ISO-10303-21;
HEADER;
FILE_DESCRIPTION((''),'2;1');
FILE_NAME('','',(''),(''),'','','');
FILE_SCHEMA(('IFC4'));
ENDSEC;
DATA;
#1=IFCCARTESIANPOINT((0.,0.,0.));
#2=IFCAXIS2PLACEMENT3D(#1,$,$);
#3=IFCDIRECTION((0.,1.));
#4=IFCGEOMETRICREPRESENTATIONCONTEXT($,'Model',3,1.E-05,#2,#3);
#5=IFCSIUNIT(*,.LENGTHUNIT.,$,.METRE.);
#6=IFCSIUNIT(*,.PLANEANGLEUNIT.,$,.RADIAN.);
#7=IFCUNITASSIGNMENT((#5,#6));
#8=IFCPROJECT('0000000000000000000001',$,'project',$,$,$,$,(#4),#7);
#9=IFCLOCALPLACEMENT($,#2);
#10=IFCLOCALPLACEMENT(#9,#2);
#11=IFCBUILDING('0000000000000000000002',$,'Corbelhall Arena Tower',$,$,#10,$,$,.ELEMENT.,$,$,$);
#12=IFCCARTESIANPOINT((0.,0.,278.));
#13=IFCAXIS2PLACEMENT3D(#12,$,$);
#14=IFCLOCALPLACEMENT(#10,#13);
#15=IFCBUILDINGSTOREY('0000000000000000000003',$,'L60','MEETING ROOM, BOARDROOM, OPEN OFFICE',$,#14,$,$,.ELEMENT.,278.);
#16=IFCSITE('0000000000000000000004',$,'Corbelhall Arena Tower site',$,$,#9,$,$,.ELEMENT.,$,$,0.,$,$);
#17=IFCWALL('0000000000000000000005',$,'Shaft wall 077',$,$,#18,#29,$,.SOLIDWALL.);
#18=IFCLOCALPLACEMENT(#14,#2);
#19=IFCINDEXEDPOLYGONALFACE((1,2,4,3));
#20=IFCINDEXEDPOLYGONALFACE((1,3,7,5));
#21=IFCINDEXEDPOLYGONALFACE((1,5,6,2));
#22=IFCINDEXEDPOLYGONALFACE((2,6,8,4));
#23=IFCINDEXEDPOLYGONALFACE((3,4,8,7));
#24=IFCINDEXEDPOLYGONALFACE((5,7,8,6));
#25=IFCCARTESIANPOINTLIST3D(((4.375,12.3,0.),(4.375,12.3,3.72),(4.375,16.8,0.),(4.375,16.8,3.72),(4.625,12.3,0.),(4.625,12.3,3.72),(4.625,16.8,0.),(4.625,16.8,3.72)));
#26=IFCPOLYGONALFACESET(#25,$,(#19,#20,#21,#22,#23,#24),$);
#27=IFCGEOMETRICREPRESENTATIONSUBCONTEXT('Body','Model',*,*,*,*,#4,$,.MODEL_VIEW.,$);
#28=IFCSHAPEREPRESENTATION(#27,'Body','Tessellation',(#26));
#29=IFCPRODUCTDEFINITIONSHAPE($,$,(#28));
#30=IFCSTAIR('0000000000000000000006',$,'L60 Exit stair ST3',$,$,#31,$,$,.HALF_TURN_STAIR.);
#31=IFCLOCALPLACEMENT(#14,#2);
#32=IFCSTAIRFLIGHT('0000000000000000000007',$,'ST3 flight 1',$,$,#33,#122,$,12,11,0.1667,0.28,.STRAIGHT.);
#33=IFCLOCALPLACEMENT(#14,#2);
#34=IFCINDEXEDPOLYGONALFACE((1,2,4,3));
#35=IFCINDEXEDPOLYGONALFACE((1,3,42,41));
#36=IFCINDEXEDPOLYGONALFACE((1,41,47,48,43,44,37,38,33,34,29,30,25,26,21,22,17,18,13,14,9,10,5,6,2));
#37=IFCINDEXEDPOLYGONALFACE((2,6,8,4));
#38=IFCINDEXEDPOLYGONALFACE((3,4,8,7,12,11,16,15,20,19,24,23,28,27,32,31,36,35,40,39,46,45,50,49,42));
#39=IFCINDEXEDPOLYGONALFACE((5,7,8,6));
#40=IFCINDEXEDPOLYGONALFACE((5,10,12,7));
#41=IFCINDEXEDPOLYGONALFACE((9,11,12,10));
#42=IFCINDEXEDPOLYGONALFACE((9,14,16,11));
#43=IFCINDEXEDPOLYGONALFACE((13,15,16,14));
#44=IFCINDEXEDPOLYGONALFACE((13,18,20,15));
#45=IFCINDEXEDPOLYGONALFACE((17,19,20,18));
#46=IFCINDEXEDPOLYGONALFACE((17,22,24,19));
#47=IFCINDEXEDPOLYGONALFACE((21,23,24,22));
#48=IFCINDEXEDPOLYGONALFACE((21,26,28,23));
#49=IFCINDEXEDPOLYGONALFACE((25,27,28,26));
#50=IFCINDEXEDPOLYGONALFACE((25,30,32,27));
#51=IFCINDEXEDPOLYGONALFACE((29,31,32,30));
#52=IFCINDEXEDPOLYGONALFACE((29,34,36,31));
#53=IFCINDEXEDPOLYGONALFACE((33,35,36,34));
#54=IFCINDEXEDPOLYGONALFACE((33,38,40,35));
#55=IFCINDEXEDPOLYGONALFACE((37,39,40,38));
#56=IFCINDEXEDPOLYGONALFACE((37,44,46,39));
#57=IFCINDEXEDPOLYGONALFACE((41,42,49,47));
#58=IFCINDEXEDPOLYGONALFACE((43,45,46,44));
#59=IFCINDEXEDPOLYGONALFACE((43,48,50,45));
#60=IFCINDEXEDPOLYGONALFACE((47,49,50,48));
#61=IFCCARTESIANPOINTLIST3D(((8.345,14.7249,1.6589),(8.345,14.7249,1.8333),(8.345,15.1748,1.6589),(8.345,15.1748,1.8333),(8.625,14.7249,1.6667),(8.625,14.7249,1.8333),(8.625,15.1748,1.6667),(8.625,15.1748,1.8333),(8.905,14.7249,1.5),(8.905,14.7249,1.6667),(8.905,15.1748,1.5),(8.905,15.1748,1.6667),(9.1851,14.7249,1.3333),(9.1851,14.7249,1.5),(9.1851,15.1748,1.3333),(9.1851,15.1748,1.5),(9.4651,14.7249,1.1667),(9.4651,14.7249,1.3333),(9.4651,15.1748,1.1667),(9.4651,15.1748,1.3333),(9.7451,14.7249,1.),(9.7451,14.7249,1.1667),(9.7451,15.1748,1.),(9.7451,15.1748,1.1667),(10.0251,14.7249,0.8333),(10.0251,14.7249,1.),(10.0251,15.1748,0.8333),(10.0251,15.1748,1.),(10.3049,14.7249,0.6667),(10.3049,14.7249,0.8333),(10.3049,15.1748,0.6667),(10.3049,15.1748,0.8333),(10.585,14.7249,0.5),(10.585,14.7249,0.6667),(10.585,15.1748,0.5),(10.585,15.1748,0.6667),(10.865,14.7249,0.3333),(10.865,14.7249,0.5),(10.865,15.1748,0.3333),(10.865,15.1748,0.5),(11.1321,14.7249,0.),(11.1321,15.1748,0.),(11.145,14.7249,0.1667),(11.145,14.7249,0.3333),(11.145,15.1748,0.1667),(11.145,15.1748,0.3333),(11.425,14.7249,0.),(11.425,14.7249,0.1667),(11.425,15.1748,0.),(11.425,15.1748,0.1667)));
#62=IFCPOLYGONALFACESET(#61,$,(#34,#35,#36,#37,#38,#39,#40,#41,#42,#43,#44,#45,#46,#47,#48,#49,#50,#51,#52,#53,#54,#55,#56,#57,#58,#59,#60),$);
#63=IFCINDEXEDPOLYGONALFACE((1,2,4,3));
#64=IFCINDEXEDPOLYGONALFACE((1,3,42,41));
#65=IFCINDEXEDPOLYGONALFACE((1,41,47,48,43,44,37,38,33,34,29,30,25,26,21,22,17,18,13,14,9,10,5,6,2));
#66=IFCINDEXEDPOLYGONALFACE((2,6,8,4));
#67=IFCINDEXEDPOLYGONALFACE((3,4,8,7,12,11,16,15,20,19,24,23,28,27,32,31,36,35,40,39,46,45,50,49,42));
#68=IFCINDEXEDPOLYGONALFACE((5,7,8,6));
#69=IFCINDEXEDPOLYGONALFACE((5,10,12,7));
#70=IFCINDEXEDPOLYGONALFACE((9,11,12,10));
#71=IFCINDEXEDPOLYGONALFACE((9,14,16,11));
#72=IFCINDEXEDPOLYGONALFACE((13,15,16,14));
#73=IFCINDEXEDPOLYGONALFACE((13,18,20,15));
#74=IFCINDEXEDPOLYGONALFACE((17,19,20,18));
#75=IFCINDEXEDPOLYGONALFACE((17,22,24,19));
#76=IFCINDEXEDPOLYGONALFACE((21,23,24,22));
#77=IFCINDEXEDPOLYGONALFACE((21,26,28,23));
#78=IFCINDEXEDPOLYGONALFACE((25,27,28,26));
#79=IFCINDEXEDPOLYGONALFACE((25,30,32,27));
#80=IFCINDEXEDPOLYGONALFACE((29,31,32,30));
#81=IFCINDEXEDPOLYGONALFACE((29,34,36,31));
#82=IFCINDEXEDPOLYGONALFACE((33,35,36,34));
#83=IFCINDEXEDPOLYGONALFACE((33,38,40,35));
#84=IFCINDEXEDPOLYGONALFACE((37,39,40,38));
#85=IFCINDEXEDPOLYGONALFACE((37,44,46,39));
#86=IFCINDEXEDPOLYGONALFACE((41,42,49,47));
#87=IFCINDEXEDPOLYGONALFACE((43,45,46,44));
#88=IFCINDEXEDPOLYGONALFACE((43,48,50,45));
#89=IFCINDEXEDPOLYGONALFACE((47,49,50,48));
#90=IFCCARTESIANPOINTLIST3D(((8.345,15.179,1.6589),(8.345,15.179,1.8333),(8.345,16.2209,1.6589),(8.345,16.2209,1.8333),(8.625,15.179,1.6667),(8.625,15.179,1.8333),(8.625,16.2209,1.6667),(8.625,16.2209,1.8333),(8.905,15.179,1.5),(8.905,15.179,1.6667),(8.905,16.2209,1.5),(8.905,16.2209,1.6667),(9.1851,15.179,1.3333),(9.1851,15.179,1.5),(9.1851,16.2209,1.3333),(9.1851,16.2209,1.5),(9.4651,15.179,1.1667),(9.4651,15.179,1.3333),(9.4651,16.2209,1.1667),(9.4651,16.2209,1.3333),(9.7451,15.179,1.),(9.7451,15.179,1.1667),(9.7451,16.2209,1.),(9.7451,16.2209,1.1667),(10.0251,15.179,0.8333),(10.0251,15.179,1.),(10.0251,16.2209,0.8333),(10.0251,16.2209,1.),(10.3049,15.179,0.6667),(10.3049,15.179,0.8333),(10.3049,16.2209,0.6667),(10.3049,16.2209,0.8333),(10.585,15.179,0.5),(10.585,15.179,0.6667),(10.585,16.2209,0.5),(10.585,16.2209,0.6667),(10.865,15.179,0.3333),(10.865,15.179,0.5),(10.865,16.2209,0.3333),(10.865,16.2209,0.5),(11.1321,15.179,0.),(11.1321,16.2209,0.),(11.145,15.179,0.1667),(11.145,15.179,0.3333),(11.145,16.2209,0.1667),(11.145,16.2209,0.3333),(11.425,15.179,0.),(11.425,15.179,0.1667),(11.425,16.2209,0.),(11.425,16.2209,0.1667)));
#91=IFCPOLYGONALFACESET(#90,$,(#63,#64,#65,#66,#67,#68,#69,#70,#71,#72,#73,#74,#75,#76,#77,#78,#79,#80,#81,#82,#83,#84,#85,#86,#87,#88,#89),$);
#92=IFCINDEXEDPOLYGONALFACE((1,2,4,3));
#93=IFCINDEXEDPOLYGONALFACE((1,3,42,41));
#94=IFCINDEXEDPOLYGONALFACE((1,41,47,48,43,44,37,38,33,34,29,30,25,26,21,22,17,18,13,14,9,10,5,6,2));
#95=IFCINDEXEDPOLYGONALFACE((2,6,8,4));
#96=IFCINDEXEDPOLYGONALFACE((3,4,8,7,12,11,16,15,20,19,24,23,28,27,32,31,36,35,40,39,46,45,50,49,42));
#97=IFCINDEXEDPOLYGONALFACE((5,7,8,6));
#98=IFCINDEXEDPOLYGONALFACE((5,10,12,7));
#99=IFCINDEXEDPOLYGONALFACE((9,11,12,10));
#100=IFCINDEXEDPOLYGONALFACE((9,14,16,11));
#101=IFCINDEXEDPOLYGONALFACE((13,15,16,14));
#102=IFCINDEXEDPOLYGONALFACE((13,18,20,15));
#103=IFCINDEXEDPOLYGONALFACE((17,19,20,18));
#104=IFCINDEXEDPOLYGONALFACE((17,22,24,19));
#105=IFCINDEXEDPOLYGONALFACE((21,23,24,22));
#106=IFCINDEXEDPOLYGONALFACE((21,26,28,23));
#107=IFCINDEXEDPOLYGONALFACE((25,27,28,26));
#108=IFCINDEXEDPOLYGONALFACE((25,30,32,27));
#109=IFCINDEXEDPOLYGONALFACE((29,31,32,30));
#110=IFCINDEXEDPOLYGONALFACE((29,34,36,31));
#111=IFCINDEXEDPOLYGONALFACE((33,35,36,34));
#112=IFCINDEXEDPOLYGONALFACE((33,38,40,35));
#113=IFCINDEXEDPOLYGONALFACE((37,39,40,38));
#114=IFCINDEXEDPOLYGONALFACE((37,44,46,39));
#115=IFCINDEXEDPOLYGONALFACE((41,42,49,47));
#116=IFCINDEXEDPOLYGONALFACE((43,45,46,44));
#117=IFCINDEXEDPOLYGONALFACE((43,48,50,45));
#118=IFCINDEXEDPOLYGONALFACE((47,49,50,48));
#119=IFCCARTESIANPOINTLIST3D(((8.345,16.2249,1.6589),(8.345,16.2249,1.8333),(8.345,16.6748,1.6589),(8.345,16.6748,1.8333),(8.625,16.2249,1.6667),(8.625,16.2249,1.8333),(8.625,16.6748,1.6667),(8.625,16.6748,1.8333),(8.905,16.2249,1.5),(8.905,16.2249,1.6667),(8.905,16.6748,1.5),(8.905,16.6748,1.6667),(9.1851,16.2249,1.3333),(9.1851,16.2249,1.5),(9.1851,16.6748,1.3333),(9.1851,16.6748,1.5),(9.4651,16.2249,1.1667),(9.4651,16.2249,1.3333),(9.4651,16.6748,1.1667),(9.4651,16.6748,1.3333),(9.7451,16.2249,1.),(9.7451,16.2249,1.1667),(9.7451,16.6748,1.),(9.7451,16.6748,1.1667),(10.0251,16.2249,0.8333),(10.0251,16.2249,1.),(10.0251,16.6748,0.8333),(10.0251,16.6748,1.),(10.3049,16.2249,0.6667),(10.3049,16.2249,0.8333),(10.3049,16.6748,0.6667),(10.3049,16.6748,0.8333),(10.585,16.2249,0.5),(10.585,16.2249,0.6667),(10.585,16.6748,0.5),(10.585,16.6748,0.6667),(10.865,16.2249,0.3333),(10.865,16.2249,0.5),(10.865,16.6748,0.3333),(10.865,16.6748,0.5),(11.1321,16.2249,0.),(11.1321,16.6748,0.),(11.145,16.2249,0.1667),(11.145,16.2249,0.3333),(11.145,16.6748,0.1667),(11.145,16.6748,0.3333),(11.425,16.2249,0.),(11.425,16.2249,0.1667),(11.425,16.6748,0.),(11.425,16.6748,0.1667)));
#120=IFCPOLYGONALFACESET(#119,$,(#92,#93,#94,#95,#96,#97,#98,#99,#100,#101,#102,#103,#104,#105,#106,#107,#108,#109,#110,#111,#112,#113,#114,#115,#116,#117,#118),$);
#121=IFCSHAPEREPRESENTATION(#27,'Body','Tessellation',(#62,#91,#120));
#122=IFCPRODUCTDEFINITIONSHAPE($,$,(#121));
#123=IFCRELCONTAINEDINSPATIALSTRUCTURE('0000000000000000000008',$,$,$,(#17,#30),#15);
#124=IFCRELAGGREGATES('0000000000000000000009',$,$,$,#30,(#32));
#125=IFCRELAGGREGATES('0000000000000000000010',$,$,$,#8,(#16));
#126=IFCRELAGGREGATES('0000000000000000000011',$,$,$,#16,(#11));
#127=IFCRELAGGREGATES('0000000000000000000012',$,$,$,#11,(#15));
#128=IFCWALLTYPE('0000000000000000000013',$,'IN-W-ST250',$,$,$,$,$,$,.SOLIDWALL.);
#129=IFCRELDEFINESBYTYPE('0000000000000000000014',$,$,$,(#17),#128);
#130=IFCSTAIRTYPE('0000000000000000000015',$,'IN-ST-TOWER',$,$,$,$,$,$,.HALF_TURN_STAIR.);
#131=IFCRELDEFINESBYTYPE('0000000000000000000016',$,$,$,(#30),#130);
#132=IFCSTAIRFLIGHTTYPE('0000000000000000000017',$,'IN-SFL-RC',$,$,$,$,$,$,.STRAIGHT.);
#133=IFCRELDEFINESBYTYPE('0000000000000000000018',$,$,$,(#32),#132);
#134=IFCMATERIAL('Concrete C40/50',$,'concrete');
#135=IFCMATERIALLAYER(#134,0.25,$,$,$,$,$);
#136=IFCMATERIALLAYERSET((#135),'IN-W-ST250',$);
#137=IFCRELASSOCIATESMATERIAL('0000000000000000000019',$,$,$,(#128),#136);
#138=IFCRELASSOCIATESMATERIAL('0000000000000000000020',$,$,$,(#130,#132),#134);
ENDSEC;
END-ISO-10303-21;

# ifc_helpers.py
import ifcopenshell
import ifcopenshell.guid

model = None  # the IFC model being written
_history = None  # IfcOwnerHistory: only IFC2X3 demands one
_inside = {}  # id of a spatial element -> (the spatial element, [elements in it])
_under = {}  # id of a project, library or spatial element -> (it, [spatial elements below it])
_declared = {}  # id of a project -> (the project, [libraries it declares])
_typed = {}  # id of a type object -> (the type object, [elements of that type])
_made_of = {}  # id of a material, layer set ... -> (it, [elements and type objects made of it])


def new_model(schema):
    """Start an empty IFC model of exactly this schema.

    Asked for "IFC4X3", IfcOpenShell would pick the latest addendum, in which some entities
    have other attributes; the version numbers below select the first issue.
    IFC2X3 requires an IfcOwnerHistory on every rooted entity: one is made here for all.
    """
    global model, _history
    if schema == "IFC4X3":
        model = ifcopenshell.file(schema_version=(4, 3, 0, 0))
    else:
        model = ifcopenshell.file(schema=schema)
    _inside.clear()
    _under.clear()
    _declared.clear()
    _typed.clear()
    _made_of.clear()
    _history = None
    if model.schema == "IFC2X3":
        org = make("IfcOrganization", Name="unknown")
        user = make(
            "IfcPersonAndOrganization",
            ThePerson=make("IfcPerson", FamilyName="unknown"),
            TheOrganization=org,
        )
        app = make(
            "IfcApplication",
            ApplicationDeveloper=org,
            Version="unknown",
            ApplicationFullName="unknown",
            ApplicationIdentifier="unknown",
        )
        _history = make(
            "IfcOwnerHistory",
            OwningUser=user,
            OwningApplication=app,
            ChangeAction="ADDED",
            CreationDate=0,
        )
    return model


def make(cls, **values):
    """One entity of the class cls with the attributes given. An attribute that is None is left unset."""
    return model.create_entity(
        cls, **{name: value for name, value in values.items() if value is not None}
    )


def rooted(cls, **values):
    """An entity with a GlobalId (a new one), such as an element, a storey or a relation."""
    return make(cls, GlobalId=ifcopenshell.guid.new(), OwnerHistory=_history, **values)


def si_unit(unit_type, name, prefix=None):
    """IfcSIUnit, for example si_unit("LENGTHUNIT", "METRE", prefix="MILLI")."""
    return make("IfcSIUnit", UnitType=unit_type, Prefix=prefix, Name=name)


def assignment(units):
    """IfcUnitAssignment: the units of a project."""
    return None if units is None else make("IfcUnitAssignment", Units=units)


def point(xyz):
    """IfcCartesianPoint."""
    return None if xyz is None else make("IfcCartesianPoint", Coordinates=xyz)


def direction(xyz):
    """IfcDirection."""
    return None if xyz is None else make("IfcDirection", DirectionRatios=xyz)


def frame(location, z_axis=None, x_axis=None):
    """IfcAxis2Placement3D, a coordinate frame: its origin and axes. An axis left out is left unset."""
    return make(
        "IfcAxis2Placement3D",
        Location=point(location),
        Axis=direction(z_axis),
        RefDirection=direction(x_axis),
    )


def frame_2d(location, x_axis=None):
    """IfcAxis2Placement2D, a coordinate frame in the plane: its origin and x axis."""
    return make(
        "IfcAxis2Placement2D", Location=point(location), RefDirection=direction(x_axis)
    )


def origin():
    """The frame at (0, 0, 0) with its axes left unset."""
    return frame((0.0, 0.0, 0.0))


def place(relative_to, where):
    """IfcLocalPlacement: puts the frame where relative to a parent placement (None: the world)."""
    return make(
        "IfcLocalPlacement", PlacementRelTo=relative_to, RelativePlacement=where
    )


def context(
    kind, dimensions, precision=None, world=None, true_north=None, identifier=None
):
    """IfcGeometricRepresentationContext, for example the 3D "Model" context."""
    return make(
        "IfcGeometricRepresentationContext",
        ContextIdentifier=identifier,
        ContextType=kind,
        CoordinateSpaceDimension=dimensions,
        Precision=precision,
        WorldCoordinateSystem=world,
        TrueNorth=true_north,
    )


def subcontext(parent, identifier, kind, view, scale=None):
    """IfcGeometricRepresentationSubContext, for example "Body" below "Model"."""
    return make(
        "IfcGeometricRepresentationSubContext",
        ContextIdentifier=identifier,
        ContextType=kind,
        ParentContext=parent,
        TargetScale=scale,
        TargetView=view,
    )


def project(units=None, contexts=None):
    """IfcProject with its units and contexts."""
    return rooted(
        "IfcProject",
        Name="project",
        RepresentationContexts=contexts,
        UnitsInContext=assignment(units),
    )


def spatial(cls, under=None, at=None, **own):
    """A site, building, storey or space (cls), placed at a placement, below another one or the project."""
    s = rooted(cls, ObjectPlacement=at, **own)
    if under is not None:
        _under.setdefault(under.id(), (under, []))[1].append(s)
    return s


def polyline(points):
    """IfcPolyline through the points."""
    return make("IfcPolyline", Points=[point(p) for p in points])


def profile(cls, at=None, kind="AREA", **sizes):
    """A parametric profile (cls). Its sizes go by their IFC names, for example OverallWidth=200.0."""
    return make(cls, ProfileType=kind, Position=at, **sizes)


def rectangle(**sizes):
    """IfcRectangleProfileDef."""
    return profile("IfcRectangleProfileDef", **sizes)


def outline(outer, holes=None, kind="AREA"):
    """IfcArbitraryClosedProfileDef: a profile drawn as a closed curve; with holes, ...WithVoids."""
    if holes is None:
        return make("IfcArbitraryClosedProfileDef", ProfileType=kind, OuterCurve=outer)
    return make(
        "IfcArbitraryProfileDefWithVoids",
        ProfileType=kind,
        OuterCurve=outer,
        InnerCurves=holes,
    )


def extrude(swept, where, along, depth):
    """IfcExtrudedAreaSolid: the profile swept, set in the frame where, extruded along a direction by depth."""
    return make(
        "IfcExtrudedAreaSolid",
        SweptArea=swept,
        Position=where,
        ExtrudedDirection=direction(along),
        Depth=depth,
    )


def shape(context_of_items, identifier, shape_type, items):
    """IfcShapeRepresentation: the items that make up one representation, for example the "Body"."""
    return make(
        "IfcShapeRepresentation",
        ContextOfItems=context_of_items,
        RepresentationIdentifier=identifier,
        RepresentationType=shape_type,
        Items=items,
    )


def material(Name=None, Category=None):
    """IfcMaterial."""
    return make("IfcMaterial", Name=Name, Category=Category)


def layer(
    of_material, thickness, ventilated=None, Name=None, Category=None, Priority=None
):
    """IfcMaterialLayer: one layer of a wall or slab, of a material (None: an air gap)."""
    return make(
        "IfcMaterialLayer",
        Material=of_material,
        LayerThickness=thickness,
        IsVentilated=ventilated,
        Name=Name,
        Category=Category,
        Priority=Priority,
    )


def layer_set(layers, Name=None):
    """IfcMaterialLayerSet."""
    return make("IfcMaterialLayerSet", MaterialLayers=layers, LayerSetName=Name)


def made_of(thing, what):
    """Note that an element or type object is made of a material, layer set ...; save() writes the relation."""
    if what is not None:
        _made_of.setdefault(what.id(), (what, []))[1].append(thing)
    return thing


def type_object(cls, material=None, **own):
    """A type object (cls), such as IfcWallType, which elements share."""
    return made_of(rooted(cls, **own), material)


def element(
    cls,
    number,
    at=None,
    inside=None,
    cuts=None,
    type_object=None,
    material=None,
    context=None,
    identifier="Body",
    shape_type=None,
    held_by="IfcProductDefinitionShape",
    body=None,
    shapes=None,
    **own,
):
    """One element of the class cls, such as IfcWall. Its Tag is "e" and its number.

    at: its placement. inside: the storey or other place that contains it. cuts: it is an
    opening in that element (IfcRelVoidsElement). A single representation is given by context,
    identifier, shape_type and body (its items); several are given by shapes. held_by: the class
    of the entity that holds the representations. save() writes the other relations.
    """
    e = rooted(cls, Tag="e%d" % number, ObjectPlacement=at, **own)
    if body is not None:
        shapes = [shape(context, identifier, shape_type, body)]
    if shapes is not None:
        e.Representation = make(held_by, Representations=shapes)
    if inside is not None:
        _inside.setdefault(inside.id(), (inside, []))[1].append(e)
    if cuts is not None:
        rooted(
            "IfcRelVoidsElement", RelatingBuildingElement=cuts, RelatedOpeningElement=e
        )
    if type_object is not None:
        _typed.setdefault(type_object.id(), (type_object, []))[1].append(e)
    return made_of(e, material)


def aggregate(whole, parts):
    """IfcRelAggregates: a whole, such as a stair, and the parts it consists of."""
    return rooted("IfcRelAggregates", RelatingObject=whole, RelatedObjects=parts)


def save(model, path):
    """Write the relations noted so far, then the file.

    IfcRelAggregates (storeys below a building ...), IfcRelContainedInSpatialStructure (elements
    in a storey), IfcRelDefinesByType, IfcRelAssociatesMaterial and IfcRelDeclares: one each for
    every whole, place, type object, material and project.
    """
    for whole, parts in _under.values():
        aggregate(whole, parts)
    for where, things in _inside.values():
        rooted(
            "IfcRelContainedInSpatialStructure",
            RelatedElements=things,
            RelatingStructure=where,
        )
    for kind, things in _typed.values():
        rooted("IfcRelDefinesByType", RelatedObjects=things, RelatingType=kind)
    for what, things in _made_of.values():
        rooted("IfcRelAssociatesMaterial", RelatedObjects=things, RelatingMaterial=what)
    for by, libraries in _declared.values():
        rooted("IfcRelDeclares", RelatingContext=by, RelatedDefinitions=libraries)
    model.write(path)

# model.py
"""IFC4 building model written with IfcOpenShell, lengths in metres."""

from ifc_helpers import new_model, si_unit, direction, frame, frame_2d, origin, place, context, subcontext, project, spatial, polyline, rectangle, outline, extrude, material, layer, layer_set, type_object, element, aggregate, save


model = new_model("IFC4")

# Units and contexts
model_context = context("Model", 3, precision=1e-05, world=origin(), true_north=direction((0.0, 1.0)))
body_context = subcontext(model_context, "Body", "Model", "MODEL_VIEW")
ifc_project = project(units=[si_unit("LENGTHUNIT", "METRE"), si_unit("PLANEANGLEUNIT", "RADIAN")], contexts=[model_context])

# Site, building, storey
site_placement = place(None, origin())
site = spatial("IfcSite", under=ifc_project, at=site_placement, Name="Corbelhall Arena Tower site", CompositionType="ELEMENT", RefElevation=0.0)
building_placement = place(site_placement, origin())
building = spatial("IfcBuilding", under=site, at=building_placement, Name="Corbelhall Arena Tower", CompositionType="ELEMENT")
storey_placement = place(building_placement, frame((0.0, 0.0, 278.0)))
storey = spatial("IfcBuildingStorey", under=building, at=storey_placement, Name="L60", Description="MEETING ROOM, BOARDROOM, OPEN OFFICE", CompositionType="ELEMENT", Elevation=278.0)

# Wall
ifc_material_1 = material(Name="Concrete C40/50", Category="concrete")
ifc_layer_1 = layer(ifc_material_1, 0.25)
ifc_layer_set_1 = layer_set([ifc_layer_1], Name="IN-W-ST250")
wall_type_1 = type_object("IfcWallType", Name="IN-W-ST250", PredefinedType="SOLIDWALL", material=ifc_layer_set_1)
wall_1_placement = place(storey_placement, frame((4.5, 12.3, 0.0), z_axis=(0.0, 0.0, 1.0), x_axis=(0.0, 1.0, 0.0)))
element("IfcWall", 1, at=wall_1_placement, inside=storey, type_object=wall_type_1, Name="Shaft wall 077", PredefinedType="SOLIDWALL", context=body_context, shape_type="SweptSolid", body=[
    extrude(rectangle(XDim=4.5, YDim=0.25, at=frame_2d((2.25, 0.0))), origin(), (0.0, 0.0, 1.0), 3.72),
])

# Stair, stair flight
stair_type = type_object("IfcStairType", Name="IN-ST-TOWER", PredefinedType="HALF_TURN_STAIR", material=ifc_material_1)
stair_placement = place(storey_placement, origin())
stair = element("IfcStair", 2, at=stair_placement, inside=storey, type_object=stair_type, Name="L60 Exit stair ST3", PredefinedType="HALF_TURN_STAIR")
stair_flight_type = type_object("IfcStairFlightType", Name="IN-SFL-RC", PredefinedType="STRAIGHT", material=ifc_material_1)
stair_flight_1_placement = place(storey_placement, frame((11.425, 15.7, 0.0), z_axis=(0.0, 0.0, 1.0), x_axis=(-1.0, 0.0, 0.0)))
stair_flight_1 = element("IfcStairFlight", 3, at=stair_flight_1_placement, type_object=stair_flight_type, Name="ST3 flight 1", NumberOfRisers=12, NumberOfTreads=11, PredefinedType="STRAIGHT", RiserHeight=0.1667, TreadLength=0.28, context=body_context, shape_type="SweptSolid", body=[
    extrude(outline(polyline([(0.0, 0.0), (0.0, 0.1667), (0.28, 0.1667), (0.28, 0.3333), (0.5601, 0.3333), (0.5601, 0.5), (0.8401, 0.5), (0.8401, 0.6667), (1.1201, 0.6667), (1.1201, 0.8333), (1.3999, 0.8333), (1.3999, 1.0), (1.6799, 1.0), (1.6799, 1.1667), (1.96, 1.1667), (1.96, 1.3333), (2.24, 1.3333), (2.24, 1.5), (2.52, 1.5), (2.52, 1.6667), (2.8, 1.6667), (2.8, 1.8333), (3.0801, 1.8333), (3.0801, 2.0), (3.0801, 1.6589), (0.293, 0.0), (0.0, 0.0)])), frame((0.0, 0.9751, 0.0), z_axis=(0.0, -1.0, 0.0), x_axis=(1.0, 0.0, 0.0)), (0.0, 0.0, 1.0), 0.45),
    extrude(outline(polyline([(0.0, 0.0), (0.0, 0.1667), (0.28, 0.1667), (0.28, 0.3333), (0.5601, 0.3333), (0.5601, 0.5), (0.8401, 0.5), (0.8401, 0.6667), (1.1201, 0.6667), (1.1201, 0.8333), (1.3999, 0.8333), (1.3999, 1.0), (1.6799, 1.0), (1.6799, 1.1667), (1.96, 1.1667), (1.96, 1.3333), (2.24, 1.3333), (2.24, 1.5), (2.52, 1.5), (2.52, 1.6667), (2.8, 1.6667), (2.8, 1.8333), (3.0801, 1.8333), (3.0801, 2.0), (3.0801, 1.6589), (0.293, 0.0), (0.0, 0.0)])), frame((0.0, 0.521, 0.0), z_axis=(0.0, -1.0, 0.0), x_axis=(1.0, 0.0, 0.0)), (0.0, 0.0, 1.0), 1.042),
    extrude(outline(polyline([(0.0, 0.0), (0.0, 0.1667), (0.28, 0.1667), (0.28, 0.3333), (0.5601, 0.3333), (0.5601, 0.5), (0.8401, 0.5), (0.8401, 0.6667), (1.1201, 0.6667), (1.1201, 0.8333), (1.3999, 0.8333), (1.3999, 1.0), (1.6799, 1.0), (1.6799, 1.1667), (1.96, 1.1667), (1.96, 1.3333), (2.24, 1.3333), (2.24, 1.5), (2.52, 1.5), (2.52, 1.6667), (2.8, 1.6667), (2.8, 1.8333), (3.0801, 1.8333), (3.0801, 2.0), (3.0801, 1.6589), (0.293, 0.0), (0.0, 0.0)])), frame((0.0, -0.5249, 0.0), z_axis=(0.0, -1.0, 0.0), x_axis=(1.0, 0.0, 0.0)), (0.0, 0.0, 1.0), 0.45),
])
aggregate(stair, [stair_flight_1])

save(model, "model.ifc")
